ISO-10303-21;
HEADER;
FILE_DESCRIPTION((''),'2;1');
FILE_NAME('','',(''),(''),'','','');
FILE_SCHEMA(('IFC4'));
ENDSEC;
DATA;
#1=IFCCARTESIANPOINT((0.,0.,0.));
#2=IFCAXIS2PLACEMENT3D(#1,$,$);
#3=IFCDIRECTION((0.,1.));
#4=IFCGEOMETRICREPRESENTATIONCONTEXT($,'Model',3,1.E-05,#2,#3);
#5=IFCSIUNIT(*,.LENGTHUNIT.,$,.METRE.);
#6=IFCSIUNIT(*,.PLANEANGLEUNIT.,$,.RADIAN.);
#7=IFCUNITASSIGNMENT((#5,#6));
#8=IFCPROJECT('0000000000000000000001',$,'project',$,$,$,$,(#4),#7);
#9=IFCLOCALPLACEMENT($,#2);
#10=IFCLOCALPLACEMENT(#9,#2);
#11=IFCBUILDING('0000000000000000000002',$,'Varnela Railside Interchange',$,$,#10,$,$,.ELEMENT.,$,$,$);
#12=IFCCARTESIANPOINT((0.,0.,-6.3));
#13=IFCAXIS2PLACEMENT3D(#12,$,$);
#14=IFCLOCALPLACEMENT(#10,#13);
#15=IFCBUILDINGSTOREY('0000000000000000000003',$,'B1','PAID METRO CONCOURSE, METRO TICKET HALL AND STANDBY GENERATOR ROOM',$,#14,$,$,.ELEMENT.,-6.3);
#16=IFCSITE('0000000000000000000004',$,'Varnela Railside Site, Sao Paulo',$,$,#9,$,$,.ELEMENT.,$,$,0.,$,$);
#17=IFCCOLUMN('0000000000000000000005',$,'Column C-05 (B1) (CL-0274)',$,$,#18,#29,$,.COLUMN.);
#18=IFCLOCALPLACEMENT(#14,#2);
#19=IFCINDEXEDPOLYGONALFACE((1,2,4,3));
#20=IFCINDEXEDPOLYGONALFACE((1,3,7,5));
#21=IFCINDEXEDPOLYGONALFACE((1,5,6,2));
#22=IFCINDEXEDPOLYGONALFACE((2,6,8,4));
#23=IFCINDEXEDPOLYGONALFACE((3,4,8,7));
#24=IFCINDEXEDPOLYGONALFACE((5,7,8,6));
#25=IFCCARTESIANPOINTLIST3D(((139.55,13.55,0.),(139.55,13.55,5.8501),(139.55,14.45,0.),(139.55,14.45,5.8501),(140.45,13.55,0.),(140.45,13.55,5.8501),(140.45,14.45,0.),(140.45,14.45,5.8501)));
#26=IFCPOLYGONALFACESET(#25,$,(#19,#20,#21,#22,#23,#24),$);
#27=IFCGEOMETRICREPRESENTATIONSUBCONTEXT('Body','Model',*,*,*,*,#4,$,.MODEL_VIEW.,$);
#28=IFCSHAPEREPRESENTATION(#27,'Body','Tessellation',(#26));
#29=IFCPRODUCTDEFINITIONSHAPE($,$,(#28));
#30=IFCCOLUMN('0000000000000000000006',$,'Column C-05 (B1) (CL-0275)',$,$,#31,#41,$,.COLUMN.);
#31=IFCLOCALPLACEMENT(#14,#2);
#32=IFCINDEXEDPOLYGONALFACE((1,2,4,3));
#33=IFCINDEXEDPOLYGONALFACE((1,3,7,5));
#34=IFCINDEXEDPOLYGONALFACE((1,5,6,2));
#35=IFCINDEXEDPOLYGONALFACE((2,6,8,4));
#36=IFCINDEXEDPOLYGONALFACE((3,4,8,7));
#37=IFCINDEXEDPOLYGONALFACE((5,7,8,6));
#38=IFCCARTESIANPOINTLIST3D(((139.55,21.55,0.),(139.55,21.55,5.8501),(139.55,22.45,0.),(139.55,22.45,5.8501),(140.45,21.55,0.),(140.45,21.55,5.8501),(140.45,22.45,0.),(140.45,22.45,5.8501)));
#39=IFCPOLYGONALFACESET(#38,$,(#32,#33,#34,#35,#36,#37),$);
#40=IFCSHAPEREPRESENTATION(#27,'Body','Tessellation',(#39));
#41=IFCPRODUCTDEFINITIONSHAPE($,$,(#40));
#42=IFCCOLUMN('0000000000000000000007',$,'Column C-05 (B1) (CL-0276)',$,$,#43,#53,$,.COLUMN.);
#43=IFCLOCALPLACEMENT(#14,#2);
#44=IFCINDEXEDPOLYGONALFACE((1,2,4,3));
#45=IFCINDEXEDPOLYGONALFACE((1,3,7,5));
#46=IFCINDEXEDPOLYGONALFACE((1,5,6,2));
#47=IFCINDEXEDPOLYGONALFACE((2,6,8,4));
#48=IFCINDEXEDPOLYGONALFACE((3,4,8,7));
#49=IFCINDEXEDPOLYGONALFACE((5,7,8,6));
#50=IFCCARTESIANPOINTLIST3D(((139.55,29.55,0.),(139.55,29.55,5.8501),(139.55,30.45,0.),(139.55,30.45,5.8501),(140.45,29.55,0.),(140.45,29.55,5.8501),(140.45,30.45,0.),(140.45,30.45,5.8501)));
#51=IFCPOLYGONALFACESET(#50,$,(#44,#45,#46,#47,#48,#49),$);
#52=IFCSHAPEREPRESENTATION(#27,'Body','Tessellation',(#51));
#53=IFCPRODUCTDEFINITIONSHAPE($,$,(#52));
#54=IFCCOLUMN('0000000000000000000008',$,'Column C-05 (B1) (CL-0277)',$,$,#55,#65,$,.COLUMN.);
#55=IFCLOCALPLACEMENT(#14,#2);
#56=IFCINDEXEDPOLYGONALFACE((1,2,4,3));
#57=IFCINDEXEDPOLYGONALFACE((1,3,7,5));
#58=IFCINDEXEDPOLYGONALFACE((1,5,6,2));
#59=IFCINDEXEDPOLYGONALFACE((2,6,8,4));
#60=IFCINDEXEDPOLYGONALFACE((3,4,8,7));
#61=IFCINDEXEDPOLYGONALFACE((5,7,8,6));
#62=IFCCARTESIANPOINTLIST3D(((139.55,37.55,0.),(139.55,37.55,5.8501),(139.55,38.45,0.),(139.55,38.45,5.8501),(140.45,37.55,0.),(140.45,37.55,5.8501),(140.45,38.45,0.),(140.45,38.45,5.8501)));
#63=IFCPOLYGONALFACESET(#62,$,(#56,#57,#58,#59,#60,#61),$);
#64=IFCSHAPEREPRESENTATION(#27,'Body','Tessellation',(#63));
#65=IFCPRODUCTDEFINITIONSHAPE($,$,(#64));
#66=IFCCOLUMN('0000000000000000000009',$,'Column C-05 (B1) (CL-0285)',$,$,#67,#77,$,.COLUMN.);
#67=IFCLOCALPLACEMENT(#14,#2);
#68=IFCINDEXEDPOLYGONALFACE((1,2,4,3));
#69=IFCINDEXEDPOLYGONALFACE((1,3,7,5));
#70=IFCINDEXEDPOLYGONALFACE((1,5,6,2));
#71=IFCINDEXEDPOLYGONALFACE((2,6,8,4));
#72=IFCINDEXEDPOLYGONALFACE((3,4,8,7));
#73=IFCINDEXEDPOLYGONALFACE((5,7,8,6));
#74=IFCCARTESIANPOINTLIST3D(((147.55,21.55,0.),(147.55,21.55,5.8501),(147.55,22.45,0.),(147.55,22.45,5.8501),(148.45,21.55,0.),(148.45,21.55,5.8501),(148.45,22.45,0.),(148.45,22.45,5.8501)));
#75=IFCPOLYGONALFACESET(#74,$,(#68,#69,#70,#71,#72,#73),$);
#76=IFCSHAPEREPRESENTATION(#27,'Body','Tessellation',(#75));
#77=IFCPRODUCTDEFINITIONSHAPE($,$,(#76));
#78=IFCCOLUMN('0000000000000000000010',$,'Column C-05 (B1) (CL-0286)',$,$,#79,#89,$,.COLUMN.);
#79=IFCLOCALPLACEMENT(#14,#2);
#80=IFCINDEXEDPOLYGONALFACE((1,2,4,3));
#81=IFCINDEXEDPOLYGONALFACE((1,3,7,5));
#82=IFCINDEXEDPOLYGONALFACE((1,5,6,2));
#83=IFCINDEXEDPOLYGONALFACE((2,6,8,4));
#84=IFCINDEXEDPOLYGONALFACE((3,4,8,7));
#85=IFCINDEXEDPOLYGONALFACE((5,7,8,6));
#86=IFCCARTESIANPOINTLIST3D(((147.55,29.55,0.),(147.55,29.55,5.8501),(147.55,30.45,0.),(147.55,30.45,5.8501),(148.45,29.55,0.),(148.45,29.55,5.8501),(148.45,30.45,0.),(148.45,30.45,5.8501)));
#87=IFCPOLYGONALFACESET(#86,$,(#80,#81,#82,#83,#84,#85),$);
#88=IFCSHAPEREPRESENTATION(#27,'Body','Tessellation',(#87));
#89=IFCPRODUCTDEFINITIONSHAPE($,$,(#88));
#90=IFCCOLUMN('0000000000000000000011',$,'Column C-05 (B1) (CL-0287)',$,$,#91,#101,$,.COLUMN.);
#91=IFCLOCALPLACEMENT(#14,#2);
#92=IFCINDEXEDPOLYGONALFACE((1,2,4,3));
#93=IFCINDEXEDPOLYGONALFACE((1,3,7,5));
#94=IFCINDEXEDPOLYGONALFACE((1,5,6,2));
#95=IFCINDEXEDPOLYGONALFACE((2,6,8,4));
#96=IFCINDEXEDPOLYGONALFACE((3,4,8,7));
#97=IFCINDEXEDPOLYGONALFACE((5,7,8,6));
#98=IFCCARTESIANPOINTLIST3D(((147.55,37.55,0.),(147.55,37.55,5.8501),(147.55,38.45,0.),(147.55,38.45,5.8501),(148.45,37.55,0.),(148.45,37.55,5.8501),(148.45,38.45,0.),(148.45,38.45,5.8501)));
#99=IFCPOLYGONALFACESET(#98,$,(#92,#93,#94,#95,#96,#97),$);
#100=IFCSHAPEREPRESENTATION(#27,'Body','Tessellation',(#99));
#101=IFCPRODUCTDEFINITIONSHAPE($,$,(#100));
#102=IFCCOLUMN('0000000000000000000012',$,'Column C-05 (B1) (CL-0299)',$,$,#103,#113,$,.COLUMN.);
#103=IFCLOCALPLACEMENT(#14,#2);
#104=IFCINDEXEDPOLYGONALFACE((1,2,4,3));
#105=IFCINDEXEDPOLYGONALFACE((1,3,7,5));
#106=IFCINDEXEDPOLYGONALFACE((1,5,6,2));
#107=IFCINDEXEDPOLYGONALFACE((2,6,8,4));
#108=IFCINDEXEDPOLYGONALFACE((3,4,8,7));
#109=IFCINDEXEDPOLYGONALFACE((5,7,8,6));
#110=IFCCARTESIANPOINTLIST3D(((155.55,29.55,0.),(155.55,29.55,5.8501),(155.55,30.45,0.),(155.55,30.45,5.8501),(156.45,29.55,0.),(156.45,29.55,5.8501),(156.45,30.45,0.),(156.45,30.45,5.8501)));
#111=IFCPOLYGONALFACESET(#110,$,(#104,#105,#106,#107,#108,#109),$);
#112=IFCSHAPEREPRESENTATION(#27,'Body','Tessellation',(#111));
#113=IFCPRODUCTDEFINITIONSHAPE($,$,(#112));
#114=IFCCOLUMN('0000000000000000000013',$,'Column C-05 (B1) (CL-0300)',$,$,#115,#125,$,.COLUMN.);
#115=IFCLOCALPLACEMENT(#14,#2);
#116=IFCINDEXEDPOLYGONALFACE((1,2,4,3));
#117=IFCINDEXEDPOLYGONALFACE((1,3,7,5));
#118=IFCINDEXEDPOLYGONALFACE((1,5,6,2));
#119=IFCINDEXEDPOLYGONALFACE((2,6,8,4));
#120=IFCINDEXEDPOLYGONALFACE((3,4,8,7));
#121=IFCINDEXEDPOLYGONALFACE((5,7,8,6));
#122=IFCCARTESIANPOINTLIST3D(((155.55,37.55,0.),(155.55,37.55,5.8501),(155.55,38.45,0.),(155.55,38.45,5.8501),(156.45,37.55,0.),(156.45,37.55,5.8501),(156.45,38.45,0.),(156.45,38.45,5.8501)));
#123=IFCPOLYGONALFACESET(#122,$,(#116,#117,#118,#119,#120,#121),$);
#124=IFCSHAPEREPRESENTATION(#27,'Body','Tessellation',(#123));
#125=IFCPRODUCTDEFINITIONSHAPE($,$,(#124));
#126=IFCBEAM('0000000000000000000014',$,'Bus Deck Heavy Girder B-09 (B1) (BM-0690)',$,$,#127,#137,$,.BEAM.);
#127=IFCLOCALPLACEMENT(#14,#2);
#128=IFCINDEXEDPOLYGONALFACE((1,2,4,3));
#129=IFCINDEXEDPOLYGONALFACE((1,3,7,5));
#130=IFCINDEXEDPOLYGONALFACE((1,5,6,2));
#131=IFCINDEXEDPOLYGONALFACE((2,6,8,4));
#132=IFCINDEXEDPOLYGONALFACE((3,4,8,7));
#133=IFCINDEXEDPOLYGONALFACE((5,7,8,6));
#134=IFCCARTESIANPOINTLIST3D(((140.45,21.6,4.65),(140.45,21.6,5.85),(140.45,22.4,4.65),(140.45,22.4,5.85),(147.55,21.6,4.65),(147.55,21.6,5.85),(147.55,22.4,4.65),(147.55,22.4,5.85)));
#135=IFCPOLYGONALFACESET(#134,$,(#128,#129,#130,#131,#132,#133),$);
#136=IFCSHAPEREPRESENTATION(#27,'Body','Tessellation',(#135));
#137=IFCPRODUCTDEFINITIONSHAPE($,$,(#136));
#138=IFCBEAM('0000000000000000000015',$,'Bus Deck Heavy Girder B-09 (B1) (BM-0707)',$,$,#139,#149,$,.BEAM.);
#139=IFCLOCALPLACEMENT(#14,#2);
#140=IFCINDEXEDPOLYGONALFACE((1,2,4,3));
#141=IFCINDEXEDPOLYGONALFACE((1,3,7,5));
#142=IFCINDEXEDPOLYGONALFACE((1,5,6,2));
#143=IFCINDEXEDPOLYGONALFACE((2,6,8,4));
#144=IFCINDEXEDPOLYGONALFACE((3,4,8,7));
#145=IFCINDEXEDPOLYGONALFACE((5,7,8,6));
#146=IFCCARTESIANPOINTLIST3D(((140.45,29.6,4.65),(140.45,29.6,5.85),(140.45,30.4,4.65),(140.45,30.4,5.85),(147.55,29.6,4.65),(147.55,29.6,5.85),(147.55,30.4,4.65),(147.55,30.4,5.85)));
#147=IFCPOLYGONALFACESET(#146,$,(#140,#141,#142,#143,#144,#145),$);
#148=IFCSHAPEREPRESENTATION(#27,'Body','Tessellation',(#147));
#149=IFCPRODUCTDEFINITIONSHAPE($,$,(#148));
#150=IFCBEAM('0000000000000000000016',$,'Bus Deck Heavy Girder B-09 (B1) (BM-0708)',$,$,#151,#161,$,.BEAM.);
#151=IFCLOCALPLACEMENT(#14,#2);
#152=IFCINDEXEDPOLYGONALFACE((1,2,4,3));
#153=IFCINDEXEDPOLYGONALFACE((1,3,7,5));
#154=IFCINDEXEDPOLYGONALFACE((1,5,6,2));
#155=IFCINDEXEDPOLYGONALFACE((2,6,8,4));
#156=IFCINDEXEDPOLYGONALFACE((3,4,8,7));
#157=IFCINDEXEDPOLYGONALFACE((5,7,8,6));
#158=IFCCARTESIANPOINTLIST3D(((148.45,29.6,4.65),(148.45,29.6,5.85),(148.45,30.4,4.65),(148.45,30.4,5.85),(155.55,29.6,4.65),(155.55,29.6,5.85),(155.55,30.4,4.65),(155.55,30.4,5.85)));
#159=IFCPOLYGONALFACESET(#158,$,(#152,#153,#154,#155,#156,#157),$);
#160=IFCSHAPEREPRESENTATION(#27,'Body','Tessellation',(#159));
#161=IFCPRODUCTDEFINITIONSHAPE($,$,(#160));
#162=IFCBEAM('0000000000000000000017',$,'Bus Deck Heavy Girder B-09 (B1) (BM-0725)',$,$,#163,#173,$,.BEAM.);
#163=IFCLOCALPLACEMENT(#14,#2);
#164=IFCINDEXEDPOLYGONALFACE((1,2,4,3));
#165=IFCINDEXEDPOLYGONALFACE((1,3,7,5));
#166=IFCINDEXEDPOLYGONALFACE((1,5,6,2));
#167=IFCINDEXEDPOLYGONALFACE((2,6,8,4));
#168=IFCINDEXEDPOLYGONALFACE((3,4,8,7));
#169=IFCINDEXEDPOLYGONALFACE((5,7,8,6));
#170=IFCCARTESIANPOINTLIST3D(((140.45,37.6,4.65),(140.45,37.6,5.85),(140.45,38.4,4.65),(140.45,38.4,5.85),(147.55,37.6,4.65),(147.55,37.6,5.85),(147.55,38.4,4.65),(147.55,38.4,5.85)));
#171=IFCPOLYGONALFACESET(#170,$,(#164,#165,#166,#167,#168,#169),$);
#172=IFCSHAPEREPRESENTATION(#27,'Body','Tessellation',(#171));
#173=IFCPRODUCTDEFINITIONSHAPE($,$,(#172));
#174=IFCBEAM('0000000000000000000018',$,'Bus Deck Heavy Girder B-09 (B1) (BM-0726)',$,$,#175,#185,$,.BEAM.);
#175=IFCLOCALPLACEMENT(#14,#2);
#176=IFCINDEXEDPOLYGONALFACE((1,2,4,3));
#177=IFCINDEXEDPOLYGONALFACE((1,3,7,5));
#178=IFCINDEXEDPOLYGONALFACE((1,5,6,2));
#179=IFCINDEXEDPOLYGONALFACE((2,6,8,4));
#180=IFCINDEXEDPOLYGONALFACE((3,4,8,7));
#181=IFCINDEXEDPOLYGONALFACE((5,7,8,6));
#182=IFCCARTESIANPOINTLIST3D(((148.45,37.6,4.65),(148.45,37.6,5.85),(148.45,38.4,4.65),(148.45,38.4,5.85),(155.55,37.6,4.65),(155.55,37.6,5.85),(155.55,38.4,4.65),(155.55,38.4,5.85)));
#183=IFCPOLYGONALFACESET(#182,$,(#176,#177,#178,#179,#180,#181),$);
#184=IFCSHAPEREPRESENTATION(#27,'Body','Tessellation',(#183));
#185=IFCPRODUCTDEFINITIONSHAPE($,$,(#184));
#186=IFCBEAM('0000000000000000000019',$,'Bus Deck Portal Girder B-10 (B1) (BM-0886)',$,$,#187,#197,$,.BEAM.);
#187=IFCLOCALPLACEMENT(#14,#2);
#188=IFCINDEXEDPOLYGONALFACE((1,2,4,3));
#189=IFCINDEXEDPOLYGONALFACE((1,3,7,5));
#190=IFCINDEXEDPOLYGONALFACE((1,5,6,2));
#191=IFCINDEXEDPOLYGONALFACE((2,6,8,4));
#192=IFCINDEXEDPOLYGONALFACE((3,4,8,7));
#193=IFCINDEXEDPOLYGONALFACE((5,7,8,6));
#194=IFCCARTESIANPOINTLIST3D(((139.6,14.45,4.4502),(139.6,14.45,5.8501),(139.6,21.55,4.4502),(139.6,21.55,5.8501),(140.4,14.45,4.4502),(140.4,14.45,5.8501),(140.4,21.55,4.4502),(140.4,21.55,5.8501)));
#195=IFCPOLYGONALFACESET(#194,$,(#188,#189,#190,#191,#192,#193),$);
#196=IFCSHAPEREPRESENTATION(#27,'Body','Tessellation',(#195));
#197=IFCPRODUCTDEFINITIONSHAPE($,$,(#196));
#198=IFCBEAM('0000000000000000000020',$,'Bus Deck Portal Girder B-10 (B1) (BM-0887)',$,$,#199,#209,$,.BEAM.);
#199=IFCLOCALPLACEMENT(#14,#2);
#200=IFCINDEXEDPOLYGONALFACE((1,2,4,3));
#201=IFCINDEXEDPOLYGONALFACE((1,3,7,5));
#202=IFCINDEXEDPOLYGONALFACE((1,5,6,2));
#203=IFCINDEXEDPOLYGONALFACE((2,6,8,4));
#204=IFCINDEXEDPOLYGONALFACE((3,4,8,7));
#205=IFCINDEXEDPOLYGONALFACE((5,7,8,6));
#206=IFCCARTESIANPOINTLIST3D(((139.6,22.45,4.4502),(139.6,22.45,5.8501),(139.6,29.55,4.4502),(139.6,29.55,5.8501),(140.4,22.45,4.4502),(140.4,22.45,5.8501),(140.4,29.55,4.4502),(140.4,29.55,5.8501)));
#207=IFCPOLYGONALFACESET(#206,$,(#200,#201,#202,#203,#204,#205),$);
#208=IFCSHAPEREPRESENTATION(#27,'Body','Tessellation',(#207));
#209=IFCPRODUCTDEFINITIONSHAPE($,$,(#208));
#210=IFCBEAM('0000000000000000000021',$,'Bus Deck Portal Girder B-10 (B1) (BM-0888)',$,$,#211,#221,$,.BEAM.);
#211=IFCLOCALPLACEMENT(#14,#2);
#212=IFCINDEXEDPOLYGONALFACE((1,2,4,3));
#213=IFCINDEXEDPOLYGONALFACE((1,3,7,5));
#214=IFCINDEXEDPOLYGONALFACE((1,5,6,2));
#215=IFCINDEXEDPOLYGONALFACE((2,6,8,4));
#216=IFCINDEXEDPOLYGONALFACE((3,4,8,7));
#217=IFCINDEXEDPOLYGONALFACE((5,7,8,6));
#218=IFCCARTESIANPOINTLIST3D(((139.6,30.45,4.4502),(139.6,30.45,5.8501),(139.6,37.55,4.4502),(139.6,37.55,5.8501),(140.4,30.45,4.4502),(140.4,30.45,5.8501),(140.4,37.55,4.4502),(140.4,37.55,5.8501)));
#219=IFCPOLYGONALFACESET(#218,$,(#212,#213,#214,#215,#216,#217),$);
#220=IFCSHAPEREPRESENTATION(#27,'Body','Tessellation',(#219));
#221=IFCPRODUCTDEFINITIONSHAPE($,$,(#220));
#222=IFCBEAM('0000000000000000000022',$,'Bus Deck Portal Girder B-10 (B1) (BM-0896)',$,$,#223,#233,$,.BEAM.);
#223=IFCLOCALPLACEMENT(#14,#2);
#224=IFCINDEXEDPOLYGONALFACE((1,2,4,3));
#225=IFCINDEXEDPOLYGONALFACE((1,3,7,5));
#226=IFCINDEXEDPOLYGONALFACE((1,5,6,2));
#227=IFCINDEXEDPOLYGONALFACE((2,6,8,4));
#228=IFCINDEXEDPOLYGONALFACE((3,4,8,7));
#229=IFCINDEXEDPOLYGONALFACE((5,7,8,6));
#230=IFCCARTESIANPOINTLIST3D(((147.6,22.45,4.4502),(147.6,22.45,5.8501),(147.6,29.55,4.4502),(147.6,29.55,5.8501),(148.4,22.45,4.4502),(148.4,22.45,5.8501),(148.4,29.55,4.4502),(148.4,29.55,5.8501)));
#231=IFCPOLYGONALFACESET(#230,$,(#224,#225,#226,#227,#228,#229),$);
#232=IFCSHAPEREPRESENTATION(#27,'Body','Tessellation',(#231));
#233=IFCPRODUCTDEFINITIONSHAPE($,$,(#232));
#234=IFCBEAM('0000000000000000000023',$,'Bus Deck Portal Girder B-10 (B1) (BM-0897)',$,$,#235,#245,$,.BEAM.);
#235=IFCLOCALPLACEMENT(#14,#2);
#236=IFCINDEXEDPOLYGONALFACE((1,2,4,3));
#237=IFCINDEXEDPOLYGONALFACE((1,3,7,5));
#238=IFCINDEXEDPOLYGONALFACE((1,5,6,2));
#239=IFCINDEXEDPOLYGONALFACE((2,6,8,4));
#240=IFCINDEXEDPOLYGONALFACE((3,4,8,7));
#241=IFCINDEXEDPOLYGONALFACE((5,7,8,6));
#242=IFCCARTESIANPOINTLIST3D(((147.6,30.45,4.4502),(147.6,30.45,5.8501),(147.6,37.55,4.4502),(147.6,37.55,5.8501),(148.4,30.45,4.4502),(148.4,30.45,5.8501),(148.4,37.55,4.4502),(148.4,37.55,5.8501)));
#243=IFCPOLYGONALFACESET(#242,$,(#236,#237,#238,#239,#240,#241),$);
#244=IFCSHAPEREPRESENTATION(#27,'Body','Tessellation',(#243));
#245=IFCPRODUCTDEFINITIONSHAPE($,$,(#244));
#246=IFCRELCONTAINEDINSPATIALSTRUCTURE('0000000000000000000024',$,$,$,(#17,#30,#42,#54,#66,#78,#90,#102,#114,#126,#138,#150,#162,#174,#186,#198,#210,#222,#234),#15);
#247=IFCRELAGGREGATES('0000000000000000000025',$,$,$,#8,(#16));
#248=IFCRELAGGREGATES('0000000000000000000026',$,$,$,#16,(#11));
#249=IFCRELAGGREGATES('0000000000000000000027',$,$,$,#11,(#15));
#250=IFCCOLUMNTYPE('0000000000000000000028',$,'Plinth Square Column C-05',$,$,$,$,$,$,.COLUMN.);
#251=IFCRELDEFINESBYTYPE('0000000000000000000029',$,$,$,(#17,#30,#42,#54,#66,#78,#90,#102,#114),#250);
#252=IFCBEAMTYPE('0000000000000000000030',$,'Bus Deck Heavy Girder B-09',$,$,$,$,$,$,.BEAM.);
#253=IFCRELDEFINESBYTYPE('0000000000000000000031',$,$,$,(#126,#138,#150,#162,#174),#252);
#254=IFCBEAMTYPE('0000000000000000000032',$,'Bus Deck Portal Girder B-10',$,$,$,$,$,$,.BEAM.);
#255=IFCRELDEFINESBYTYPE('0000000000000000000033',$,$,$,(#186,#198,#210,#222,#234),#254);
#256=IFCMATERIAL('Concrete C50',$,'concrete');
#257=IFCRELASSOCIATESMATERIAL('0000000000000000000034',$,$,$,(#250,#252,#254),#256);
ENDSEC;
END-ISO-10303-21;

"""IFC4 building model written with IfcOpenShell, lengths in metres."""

from ifc_helpers import new_model, si_unit, direction, frame, origin, origin_2d, place, context, subcontext, project, spatial, rectangle, extrude, material, material_profile, profile_set, type_object, element, save


model = new_model("IFC4")

# Units and contexts
model_context = context("Model", 3, precision=1e-05, world=origin(), true_north=direction((0.0, 1.0)))
body_context = subcontext(model_context, "Body", "Model", "MODEL_VIEW")
ifc_project = project(units=[si_unit("LENGTHUNIT", "METRE"), si_unit("PLANEANGLEUNIT", "RADIAN")], contexts=[model_context])

# Site, building, storey
site_placement = place(None, origin())
site = spatial("IfcSite", under=ifc_project, at=site_placement, Name="Varnela Railside Site, Sao Paulo", CompositionType="ELEMENT", RefElevation=0.0)
building_placement = place(site_placement, origin())
building = spatial("IfcBuilding", under=site, at=building_placement, Name="Varnela Railside Interchange", CompositionType="ELEMENT")
storey_placement = place(building_placement, frame((0.0, 0.0, -6.3)))
storey = spatial("IfcBuildingStorey", under=building, at=storey_placement, Name="B1", Description="PAID METRO CONCOURSE, METRO TICKET HALL AND STANDBY GENERATOR ROOM", CompositionType="ELEMENT", Elevation=-6.3)

# Columns
ifc_material_1 = material(Name="Concrete C50", Category="concrete")
ifc_material_profile_1 = material_profile(ifc_material_1, rectangle(XDim=0.8999, YDim=0.8999, at=origin_2d()), Name="RC 900x900")
ifc_profile_set_1 = profile_set([ifc_material_profile_1], Name="Concrete C50")
column_type = type_object("IfcColumnType", Name="Plinth Square Column C-05", PredefinedType="COLUMN", material=ifc_profile_set_1)
for number, where, z_axis, x_axis, name in (
    (1, (140.0, 14.0, 0.0), (0.0, 0.0, 1.0), (1.0, 0.0, 0.0), "Column C-05 (B1) (CL-0274)"),
    (2, (140.0, 22.0, 0.0), (0.0, 0.0, 1.0), (1.0, 0.0, 0.0), "Column C-05 (B1) (CL-0275)"),
    (3, (140.0, 30.0, 0.0), (0.0, 0.0, 1.0), (1.0, 0.0, 0.0), "Column C-05 (B1) (CL-0276)"),
    (4, (140.0, 38.0, 0.0), (0.0, 0.0, 1.0), (1.0, 0.0, 0.0), "Column C-05 (B1) (CL-0277)"),
    (5, (148.0, 22.0, 0.0), (0.0, 0.0, 1.0), (1.0, 0.0, 0.0), "Column C-05 (B1) (CL-0285)"),
    (6, (148.0, 30.0, 0.0), (0.0, 0.0, 1.0), (1.0, 0.0, 0.0), "Column C-05 (B1) (CL-0286)"),
    (7, (148.0, 38.0, 0.0), (0.0, 0.0, 1.0), (1.0, 0.0, 0.0), "Column C-05 (B1) (CL-0287)"),
    (8, (156.0, 30.0, 0.0), (0.0, 0.0, 1.0), (1.0, 0.0, 0.0), "Column C-05 (B1) (CL-0299)"),
    (9, (156.0, 38.0, 0.0), (0.0, 0.0, 1.0), (1.0, 0.0, 0.0), "Column C-05 (B1) (CL-0300)"),
):
    element("IfcColumn", number, at=place(storey_placement, frame(where, z_axis=z_axis, x_axis=x_axis)), inside=storey, type_object=column_type, Name=name, PredefinedType="COLUMN", context=body_context, shape_type="SweptSolid", body=[
        extrude(rectangle(XDim=0.8999, YDim=0.8999, at=origin_2d()), origin(), (0.0, 0.0, 1.0), 5.8501),
    ])

# Beams
ifc_material_profile_2 = material_profile(ifc_material_1, rectangle(XDim=0.8, YDim=1.2, at=origin_2d()), Name="RC 800x1200")
ifc_profile_set_2 = profile_set([ifc_material_profile_2], Name="Concrete C50")
beam_type_1 = type_object("IfcBeamType", Name="Bus Deck Heavy Girder B-09", PredefinedType="BEAM", material=ifc_profile_set_2)
for number, where, z_axis, x_axis, name in (
    (10, (140.45, 22.0, 5.25), (1.0, 0.0, 0.0), (0.0, 1.0, 0.0), "Bus Deck Heavy Girder B-09 (B1) (BM-0690)"),
    (11, (140.45, 30.0, 5.25), (1.0, 0.0, 0.0), (0.0, 1.0, 0.0), "Bus Deck Heavy Girder B-09 (B1) (BM-0707)"),
    (12, (148.45, 30.0, 5.25), (1.0, 0.0, 0.0), (0.0, 1.0, 0.0), "Bus Deck Heavy Girder B-09 (B1) (BM-0708)"),
    (13, (140.45, 38.0, 5.25), (1.0, 0.0, 0.0), (0.0, 1.0, 0.0), "Bus Deck Heavy Girder B-09 (B1) (BM-0725)"),
    (14, (148.45, 38.0, 5.25), (1.0, 0.0, 0.0), (0.0, 1.0, 0.0), "Bus Deck Heavy Girder B-09 (B1) (BM-0726)"),
):
    element("IfcBeam", number, at=place(storey_placement, frame(where, z_axis=z_axis, x_axis=x_axis)), inside=storey, type_object=beam_type_1, Name=name, PredefinedType="BEAM", context=body_context, shape_type="SweptSolid", body=[
        extrude(rectangle(XDim=0.8, YDim=1.2, at=origin_2d()), origin(), (0.0, 0.0, 1.0), 7.1001),
    ])
ifc_material_profile_3 = material_profile(ifc_material_1, rectangle(XDim=0.8, YDim=1.3999, at=origin_2d()), Name="RC 800x1400")
ifc_profile_set_3 = profile_set([ifc_material_profile_3], Name="Concrete C50")
beam_type_2 = type_object("IfcBeamType", Name="Bus Deck Portal Girder B-10", PredefinedType="BEAM", material=ifc_profile_set_3)
for number, where, z_axis, x_axis, name in (
    (15, (140.0, 14.45, 5.1501), (0.0, 1.0, 0.0), (-1.0, 0.0, 0.0), "Bus Deck Portal Girder B-10 (B1) (BM-0886)"),
    (16, (140.0, 22.45, 5.1501), (0.0, 1.0, 0.0), (-1.0, 0.0, 0.0), "Bus Deck Portal Girder B-10 (B1) (BM-0887)"),
    (17, (140.0, 30.45, 5.1501), (0.0, 1.0, 0.0), (-1.0, 0.0, 0.0), "Bus Deck Portal Girder B-10 (B1) (BM-0888)"),
    (18, (148.0, 22.45, 5.1501), (0.0, 1.0, 0.0), (-1.0, 0.0, 0.0), "Bus Deck Portal Girder B-10 (B1) (BM-0896)"),
    (19, (148.0, 30.45, 5.1501), (0.0, 1.0, 0.0), (-1.0, 0.0, 0.0), "Bus Deck Portal Girder B-10 (B1) (BM-0897)"),
):
    element("IfcBeam", number, at=place(storey_placement, frame(where, z_axis=z_axis, x_axis=x_axis)), inside=storey, type_object=beam_type_2, Name=name, PredefinedType="BEAM", context=body_context, shape_type="SweptSolid", body=[
        extrude(rectangle(XDim=0.8, YDim=1.3999, at=origin_2d()), origin(), (0.0, 0.0, 1.0), 7.1001),
    ])

save(model, "model.ifc")
